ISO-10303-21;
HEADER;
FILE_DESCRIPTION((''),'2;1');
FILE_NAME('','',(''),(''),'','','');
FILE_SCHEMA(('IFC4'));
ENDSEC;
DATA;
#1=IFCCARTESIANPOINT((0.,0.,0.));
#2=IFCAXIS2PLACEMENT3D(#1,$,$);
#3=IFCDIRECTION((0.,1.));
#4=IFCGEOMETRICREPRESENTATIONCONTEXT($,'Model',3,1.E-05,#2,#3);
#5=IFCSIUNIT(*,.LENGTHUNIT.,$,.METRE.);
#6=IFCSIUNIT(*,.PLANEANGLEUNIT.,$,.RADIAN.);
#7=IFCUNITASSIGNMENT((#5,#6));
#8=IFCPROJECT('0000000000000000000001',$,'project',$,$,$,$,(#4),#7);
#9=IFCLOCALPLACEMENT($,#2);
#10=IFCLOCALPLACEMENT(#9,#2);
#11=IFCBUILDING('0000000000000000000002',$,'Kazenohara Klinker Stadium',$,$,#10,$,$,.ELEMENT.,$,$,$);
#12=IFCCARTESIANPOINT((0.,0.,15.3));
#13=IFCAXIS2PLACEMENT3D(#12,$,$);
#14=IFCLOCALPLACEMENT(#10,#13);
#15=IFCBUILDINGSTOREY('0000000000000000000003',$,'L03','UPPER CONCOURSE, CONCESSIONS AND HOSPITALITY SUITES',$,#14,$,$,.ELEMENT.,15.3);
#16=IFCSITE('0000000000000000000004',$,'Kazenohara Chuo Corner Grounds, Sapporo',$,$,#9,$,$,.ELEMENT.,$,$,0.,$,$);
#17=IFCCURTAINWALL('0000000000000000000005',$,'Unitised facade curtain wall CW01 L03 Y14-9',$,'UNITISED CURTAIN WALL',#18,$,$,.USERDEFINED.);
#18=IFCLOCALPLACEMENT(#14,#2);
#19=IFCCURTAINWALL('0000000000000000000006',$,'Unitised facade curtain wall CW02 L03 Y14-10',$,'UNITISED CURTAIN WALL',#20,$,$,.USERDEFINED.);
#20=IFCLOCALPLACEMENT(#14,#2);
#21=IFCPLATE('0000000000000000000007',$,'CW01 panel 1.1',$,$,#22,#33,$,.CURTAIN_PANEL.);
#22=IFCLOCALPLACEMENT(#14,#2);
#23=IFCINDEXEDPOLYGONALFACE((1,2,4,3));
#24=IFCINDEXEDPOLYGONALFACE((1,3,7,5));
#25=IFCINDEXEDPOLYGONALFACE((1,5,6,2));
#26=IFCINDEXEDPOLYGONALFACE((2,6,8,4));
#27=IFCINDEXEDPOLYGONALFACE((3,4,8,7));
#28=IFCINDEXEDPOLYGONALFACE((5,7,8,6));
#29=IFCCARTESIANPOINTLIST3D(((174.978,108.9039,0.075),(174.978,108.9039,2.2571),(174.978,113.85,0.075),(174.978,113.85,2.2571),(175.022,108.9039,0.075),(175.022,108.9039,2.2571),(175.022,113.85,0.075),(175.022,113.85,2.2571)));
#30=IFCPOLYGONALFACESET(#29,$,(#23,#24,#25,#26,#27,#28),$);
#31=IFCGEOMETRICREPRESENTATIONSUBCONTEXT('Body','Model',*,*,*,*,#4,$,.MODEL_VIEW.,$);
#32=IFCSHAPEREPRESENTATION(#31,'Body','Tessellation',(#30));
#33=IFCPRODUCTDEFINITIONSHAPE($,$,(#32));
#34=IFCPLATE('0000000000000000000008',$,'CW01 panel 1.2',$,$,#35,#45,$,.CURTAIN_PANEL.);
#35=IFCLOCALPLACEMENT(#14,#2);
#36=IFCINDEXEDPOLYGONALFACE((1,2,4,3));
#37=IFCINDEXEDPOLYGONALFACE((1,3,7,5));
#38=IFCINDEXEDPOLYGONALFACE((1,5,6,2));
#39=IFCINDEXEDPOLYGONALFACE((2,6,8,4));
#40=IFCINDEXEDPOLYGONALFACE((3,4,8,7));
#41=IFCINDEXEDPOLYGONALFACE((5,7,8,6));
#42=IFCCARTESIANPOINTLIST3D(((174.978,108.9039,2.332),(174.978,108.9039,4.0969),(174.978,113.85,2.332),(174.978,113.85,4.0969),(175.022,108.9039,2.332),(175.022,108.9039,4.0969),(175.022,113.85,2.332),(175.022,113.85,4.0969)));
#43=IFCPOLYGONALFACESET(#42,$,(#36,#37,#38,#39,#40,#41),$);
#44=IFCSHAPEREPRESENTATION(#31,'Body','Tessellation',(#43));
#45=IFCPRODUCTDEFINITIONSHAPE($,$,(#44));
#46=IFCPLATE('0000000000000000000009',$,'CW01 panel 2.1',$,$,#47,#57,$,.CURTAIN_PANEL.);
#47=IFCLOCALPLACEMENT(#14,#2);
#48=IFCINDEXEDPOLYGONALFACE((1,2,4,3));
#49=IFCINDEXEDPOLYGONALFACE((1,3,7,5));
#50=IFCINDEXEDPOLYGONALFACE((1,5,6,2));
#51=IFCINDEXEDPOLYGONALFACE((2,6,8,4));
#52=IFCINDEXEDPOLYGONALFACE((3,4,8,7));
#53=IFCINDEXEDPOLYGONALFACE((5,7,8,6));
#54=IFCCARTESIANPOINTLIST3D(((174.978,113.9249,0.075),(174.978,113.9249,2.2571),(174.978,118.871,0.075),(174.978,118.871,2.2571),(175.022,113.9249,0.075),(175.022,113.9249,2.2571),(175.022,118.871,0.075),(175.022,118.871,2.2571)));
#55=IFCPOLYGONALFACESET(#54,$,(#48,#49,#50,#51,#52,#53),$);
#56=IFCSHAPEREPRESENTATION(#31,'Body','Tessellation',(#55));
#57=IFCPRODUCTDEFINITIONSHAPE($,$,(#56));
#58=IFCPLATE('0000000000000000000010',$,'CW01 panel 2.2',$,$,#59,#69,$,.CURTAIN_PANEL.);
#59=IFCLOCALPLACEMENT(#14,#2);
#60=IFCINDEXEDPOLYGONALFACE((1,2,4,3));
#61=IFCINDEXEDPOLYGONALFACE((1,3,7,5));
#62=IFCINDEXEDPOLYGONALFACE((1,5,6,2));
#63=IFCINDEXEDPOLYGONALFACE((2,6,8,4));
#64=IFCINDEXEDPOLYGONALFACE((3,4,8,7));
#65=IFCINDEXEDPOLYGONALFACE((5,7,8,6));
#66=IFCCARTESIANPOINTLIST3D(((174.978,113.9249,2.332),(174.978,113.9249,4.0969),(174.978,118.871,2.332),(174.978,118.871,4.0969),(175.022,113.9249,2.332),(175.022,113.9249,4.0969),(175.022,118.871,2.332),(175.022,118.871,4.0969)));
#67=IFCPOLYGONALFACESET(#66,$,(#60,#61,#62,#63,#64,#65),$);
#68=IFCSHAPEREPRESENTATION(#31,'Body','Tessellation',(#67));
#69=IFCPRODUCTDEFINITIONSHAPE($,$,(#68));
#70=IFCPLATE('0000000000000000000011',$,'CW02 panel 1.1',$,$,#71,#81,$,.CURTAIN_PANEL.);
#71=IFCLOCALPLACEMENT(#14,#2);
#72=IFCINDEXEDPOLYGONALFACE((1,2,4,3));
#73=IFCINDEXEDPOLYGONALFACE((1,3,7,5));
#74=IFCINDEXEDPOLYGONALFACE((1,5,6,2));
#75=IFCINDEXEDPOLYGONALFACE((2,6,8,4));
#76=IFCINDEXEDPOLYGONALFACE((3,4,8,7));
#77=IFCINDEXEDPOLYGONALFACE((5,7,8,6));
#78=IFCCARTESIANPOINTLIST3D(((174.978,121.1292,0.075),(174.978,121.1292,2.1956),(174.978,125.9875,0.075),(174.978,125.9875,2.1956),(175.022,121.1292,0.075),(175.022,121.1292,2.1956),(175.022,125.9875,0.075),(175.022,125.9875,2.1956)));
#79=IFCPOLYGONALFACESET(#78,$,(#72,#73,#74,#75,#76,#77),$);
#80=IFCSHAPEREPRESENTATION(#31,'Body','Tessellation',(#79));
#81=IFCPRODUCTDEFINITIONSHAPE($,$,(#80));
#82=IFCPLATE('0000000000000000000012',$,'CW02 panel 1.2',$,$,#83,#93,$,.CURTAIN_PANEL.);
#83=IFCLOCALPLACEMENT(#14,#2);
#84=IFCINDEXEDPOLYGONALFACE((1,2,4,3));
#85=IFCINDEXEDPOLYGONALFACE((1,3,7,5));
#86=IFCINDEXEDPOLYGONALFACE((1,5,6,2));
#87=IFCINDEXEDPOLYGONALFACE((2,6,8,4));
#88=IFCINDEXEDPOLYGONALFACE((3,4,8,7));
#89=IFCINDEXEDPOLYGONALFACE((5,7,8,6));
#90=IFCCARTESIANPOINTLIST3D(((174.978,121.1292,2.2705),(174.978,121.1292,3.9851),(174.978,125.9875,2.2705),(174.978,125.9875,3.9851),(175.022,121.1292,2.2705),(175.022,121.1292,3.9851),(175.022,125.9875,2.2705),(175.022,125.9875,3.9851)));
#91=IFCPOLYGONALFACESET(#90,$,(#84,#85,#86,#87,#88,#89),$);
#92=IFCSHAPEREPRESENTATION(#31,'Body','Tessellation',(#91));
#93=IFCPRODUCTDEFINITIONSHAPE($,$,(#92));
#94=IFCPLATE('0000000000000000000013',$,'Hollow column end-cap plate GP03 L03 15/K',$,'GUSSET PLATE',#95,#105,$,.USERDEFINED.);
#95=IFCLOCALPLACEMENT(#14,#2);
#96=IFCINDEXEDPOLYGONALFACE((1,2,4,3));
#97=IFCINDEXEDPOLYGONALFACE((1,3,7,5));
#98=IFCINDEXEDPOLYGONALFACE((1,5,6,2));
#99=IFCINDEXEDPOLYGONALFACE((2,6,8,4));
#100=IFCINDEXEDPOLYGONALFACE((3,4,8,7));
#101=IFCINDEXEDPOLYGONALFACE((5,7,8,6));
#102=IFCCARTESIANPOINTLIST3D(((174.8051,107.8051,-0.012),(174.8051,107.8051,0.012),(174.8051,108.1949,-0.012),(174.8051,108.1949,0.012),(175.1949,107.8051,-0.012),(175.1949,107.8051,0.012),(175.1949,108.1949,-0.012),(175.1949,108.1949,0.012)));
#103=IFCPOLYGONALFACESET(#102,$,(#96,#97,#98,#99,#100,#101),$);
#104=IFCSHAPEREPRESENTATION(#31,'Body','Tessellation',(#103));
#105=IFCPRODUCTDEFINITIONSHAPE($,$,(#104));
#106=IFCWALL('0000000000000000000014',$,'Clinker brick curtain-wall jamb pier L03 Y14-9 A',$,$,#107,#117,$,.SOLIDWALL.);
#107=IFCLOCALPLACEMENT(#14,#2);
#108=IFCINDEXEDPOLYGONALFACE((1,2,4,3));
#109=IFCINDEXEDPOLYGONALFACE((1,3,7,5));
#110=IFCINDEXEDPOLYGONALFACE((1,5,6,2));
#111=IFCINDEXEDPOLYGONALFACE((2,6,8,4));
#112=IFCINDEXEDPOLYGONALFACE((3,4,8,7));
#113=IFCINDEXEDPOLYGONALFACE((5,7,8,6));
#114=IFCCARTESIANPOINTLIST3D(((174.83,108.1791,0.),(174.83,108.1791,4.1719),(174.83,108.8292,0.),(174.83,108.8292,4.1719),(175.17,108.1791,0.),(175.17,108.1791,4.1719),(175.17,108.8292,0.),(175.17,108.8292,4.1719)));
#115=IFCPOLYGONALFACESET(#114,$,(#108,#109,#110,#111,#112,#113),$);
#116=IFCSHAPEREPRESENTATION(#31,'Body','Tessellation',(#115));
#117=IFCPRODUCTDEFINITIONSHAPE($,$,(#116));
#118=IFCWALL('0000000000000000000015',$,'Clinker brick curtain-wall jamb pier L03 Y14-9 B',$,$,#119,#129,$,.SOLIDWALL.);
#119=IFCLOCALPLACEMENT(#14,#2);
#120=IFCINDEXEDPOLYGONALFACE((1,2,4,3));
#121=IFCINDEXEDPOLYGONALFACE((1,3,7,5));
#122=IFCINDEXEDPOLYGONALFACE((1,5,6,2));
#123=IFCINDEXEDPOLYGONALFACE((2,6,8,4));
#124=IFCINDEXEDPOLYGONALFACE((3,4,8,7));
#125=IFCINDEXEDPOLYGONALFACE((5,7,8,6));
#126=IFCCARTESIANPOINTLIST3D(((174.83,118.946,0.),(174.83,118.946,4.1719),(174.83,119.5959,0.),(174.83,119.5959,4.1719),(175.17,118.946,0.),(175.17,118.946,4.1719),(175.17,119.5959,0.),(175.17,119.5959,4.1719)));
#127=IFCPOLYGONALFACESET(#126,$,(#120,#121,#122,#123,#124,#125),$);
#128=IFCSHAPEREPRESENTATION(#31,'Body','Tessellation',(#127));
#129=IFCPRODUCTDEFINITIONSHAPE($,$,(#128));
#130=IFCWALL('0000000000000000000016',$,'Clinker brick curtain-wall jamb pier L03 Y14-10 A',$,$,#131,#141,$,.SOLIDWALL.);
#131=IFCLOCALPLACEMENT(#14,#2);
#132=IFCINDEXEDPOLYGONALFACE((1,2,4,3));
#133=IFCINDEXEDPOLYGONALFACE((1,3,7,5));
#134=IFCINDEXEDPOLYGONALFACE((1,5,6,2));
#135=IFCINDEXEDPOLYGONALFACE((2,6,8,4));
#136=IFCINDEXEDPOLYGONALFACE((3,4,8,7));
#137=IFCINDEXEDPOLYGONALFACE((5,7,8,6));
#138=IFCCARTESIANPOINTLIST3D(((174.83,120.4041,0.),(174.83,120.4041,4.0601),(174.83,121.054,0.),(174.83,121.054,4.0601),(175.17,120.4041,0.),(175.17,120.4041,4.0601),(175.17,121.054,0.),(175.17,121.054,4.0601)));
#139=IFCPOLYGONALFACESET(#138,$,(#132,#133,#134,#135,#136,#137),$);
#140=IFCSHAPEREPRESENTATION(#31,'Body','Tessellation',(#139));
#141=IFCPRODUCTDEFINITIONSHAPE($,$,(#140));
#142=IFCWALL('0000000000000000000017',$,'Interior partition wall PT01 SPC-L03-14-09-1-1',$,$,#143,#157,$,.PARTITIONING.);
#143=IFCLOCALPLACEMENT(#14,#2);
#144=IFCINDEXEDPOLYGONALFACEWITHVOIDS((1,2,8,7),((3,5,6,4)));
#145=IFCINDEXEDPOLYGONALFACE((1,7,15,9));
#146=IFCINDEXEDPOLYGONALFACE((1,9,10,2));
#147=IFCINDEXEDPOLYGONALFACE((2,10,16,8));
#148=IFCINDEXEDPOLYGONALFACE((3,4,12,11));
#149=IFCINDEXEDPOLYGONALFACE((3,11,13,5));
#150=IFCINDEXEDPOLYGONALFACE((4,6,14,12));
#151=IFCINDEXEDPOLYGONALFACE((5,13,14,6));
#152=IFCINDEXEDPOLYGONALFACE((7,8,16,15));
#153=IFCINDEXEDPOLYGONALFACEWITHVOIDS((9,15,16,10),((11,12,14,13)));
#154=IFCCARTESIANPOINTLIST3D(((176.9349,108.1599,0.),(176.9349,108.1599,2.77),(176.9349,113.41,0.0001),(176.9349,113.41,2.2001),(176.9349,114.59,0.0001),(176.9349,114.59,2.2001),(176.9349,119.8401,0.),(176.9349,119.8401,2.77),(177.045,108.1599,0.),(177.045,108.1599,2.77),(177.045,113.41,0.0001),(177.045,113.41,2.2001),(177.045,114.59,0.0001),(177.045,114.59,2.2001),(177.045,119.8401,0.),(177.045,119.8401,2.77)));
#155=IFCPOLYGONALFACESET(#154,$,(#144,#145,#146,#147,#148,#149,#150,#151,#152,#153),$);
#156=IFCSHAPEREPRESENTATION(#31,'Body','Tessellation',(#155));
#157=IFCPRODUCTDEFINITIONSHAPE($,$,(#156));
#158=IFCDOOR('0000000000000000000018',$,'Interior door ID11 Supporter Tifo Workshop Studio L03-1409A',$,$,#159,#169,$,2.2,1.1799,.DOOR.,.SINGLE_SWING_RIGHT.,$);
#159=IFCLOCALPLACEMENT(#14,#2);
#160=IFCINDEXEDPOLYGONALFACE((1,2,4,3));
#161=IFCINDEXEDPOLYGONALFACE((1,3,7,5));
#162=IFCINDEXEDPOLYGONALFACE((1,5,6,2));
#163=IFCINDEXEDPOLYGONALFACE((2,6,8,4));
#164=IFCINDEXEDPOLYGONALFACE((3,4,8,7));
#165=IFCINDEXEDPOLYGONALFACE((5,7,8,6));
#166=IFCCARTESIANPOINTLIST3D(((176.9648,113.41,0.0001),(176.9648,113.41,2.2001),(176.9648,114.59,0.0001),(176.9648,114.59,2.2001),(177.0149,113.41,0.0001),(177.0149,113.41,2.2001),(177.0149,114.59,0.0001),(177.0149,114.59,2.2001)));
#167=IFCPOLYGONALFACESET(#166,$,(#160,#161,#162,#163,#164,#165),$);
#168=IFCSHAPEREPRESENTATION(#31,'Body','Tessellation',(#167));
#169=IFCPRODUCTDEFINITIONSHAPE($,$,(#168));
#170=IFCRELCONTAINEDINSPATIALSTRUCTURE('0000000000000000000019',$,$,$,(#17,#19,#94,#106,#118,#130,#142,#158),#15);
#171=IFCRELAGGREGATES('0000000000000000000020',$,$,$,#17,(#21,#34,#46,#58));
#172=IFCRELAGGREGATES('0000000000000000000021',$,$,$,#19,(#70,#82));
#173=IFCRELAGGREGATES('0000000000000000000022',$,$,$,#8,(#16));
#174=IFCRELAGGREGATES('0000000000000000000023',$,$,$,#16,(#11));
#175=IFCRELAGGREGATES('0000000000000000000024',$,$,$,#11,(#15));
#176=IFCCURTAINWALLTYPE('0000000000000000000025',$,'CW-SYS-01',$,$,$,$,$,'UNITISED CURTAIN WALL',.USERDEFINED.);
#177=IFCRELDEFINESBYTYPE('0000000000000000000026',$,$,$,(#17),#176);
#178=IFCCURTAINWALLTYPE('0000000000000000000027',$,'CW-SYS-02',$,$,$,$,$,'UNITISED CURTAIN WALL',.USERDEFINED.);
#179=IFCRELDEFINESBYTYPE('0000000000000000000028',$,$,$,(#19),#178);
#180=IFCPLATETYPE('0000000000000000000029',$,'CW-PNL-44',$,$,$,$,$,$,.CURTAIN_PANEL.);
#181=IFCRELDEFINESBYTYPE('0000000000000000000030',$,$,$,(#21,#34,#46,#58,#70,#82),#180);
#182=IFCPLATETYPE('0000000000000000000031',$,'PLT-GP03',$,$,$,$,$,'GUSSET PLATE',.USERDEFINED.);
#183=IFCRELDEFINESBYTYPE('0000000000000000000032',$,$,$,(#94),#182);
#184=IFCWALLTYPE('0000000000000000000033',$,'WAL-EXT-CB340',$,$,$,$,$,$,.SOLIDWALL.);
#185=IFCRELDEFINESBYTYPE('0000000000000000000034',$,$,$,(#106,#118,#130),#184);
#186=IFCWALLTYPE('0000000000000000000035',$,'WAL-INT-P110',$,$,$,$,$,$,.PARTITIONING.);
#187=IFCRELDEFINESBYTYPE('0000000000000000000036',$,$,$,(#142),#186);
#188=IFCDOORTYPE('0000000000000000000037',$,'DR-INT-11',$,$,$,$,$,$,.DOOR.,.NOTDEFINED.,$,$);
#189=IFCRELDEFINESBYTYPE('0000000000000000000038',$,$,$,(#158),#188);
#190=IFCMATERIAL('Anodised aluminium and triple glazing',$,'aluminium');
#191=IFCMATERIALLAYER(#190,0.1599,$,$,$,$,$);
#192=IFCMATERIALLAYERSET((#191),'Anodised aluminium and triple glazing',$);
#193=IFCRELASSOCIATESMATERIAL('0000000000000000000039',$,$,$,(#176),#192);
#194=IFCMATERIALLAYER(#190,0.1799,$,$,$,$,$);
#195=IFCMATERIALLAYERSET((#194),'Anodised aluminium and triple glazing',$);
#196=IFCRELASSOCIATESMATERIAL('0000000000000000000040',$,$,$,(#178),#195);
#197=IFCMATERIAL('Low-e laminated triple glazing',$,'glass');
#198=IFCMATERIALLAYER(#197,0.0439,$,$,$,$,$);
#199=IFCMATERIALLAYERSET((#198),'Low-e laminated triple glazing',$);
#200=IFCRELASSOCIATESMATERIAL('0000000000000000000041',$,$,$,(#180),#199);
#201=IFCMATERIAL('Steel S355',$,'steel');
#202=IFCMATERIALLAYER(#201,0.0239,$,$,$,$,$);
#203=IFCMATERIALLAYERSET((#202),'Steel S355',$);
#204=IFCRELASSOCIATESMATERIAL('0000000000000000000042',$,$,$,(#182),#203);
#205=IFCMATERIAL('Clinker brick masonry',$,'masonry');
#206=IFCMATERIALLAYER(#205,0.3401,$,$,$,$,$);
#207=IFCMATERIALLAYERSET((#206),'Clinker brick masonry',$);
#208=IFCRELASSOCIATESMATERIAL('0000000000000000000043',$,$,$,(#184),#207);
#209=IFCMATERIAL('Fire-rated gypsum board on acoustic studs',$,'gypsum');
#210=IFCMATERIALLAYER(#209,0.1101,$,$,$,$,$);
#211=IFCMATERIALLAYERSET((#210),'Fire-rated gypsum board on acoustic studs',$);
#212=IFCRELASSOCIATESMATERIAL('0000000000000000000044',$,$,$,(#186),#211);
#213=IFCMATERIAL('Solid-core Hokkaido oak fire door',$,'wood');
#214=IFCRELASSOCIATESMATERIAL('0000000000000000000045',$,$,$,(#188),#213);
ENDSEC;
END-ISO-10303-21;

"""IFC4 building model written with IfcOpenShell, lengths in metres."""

from ifc_helpers import new_model, si_unit, direction, frame, frame_2d, origin, origin_2d, place, context, subcontext, project, spatial, rectangle, extrude, material, layer, layer_set, type_object, element, fill, aggregate, save


model = new_model("IFC4")

# Units and contexts
model_context = context("Model", 3, precision=1e-05, world=origin(), true_north=direction((0.0, 1.0)))
body_context = subcontext(model_context, "Body", "Model", "MODEL_VIEW")
ifc_project = project(units=[si_unit("LENGTHUNIT", "METRE"), si_unit("PLANEANGLEUNIT", "RADIAN")], contexts=[model_context])

# Site, building, storey
site_placement = place(None, origin())
site = spatial("IfcSite", under=ifc_project, at=site_placement, Name="Kazenohara Chuo Corner Grounds, Sapporo", CompositionType="ELEMENT", RefElevation=0.0)
building_placement = place(site_placement, origin())
building = spatial("IfcBuilding", under=site, at=building_placement, Name="Kazenohara Klinker Stadium", CompositionType="ELEMENT")
storey_placement = place(building_placement, frame((0.0, 0.0, 15.3)))
storey = spatial("IfcBuildingStorey", under=building, at=storey_placement, Name="L03", Description="UPPER CONCOURSE, CONCESSIONS AND HOSPITALITY SUITES", CompositionType="ELEMENT", Elevation=15.3)

# Shared definitions
ifc_material_1 = material(Name="Steel S355", Category="steel")

# Curtain walls
ifc_material_2 = material(Name="Anodised aluminium and triple glazing", Category="aluminium")
ifc_layer_1 = layer(ifc_material_2, 0.1599)
ifc_layer_set_1 = layer_set([ifc_layer_1], Name="Anodised aluminium and triple glazing")
curtain_wall_type_1 = type_object("IfcCurtainWallType", Name="CW-SYS-01", ElementType="UNITISED CURTAIN WALL", PredefinedType="USERDEFINED", material=ifc_layer_set_1)
curtain_wall_1_placement = place(storey_placement, origin())
curtain_wall_1 = element("IfcCurtainWall", 1, at=curtain_wall_1_placement, inside=storey, type_object=curtain_wall_type_1, Name="Unitised facade curtain wall CW01 L03 Y14-9", ObjectType="UNITISED CURTAIN WALL", PredefinedType="USERDEFINED")
ifc_layer_2 = layer(ifc_material_2, 0.1799)
ifc_layer_set_2 = layer_set([ifc_layer_2], Name="Anodised aluminium and triple glazing")
curtain_wall_type_2 = type_object("IfcCurtainWallType", Name="CW-SYS-02", ElementType="UNITISED CURTAIN WALL", PredefinedType="USERDEFINED", material=ifc_layer_set_2)
curtain_wall_2_placement = place(storey_placement, origin())
curtain_wall_2 = element("IfcCurtainWall", 2, at=curtain_wall_2_placement, inside=storey, type_object=curtain_wall_type_2, Name="Unitised facade curtain wall CW02 L03 Y14-10", ObjectType="UNITISED CURTAIN WALL", PredefinedType="USERDEFINED")

# Plates
ifc_material_3 = material(Name="Low-e laminated triple glazing", Category="glass")
ifc_layer_3 = layer(ifc_material_3, 0.0439)
ifc_layer_set_3 = layer_set([ifc_layer_3], Name="Low-e laminated triple glazing")
plate_type_1 = type_object("IfcPlateType", Name="CW-PNL-44", PredefinedType="CURTAIN_PANEL", material=ifc_layer_set_3)
plate_1_placement = place(storey_placement, frame((175.0, 111.377, 0.075), z_axis=(0.0, 0.0, 1.0), x_axis=(0.0, 1.0, 0.0)))
plate_1 = element("IfcPlate", 3, at=plate_1_placement, type_object=plate_type_1, Name="CW01 panel 1.1", PredefinedType="CURTAIN_PANEL", context=body_context, shape_type="SweptSolid", body=[
    extrude(rectangle(XDim=4.946, YDim=0.0439, at=origin_2d()), origin(), (0.0, 0.0, 1.0), 2.1821),
])
plate_2_placement = place(storey_placement, frame((175.0, 111.377, 2.332), z_axis=(0.0, 0.0, 1.0), x_axis=(0.0, 1.0, 0.0)))
plate_2 = element("IfcPlate", 4, at=plate_2_placement, type_object=plate_type_1, Name="CW01 panel 1.2", PredefinedType="CURTAIN_PANEL", context=body_context, shape_type="SweptSolid", body=[
    extrude(rectangle(XDim=4.946, YDim=0.0439, at=origin_2d()), origin(), (0.0, 0.0, 1.0), 1.7649),
])
plate_3_placement = place(storey_placement, frame((175.0, 116.3979, 0.075), z_axis=(0.0, 0.0, 1.0), x_axis=(0.0, 1.0, 0.0)))
plate_3 = element("IfcPlate", 5, at=plate_3_placement, type_object=plate_type_1, Name="CW01 panel 2.1", PredefinedType="CURTAIN_PANEL", context=body_context, shape_type="SweptSolid", body=[
    extrude(rectangle(XDim=4.946, YDim=0.0439, at=origin_2d()), origin(), (0.0, 0.0, 1.0), 2.1821),
])
plate_4_placement = place(storey_placement, frame((175.0, 116.3979, 2.332), z_axis=(0.0, 0.0, 1.0), x_axis=(0.0, 1.0, 0.0)))
plate_4 = element("IfcPlate", 6, at=plate_4_placement, type_object=plate_type_1, Name="CW01 panel 2.2", PredefinedType="CURTAIN_PANEL", context=body_context, shape_type="SweptSolid", body=[
    extrude(rectangle(XDim=4.946, YDim=0.0439, at=origin_2d()), origin(), (0.0, 0.0, 1.0), 1.7649),
])
aggregate(curtain_wall_1, [plate_1, plate_2, plate_3, plate_4])
plate_5_placement = place(storey_placement, frame((175.0, 123.5583, 0.075), z_axis=(0.0, 0.0, 1.0), x_axis=(0.0, 1.0, 0.0)))
plate_5 = element("IfcPlate", 7, at=plate_5_placement, type_object=plate_type_1, Name="CW02 panel 1.1", PredefinedType="CURTAIN_PANEL", context=body_context, shape_type="SweptSolid", body=[
    extrude(rectangle(XDim=4.8584, YDim=0.0439, at=origin_2d()), origin(), (0.0, 0.0, 1.0), 2.1206),
])
plate_6_placement = place(storey_placement, frame((175.0, 123.5583, 2.2705), z_axis=(0.0, 0.0, 1.0), x_axis=(0.0, 1.0, 0.0)))
plate_6 = element("IfcPlate", 8, at=plate_6_placement, type_object=plate_type_1, Name="CW02 panel 1.2", PredefinedType="CURTAIN_PANEL", context=body_context, shape_type="SweptSolid", body=[
    extrude(rectangle(XDim=4.8584, YDim=0.0439, at=origin_2d()), origin(), (0.0, 0.0, 1.0), 1.7146),
])
aggregate(curtain_wall_2, [plate_5, plate_6])
ifc_layer_4 = layer(ifc_material_1, 0.0239)
ifc_layer_set_4 = layer_set([ifc_layer_4], Name="Steel S355")
plate_type_2 = type_object("IfcPlateType", Name="PLT-GP03", ElementType="GUSSET PLATE", PredefinedType="USERDEFINED", material=ifc_layer_set_4)
plate_7_placement = place(storey_placement, frame((175.0, 108.0, -0.012), z_axis=(0.0, 0.0, 1.0), x_axis=(1.0, 0.0, 0.0)))
element("IfcPlate", 9, at=plate_7_placement, inside=storey, type_object=plate_type_2, Name="Hollow column end-cap plate GP03 L03 15/K", ObjectType="GUSSET PLATE", PredefinedType="USERDEFINED", context=body_context, shape_type="SweptSolid", body=[
    extrude(rectangle(XDim=0.3899, YDim=0.3899, at=origin_2d()), origin(), (0.0, 0.0, 1.0), 0.0239),
])

# Walls
ifc_material_4 = material(Name="Clinker brick masonry", Category="masonry")
ifc_layer_5 = layer(ifc_material_4, 0.3401)
ifc_layer_set_5 = layer_set([ifc_layer_5], Name="Clinker brick masonry")
wall_type_1 = type_object("IfcWallType", Name="WAL-EXT-CB340", PredefinedType="SOLIDWALL", material=ifc_layer_set_5)
wall_1_placement = place(storey_placement, frame((175.0, 108.179, 0.0), z_axis=(0.0, 0.0, 1.0), x_axis=(0.0, 1.0, 0.0)))
element("IfcWall", 10, at=wall_1_placement, inside=storey, type_object=wall_type_1, Name="Clinker brick curtain-wall jamb pier L03 Y14-9 A", PredefinedType="SOLIDWALL", context=body_context, shape_type="SweptSolid", body=[
    extrude(rectangle(XDim=0.6501, YDim=0.3401, at=frame_2d((0.3252, 0.0))), origin(), (0.0, 0.0, 1.0), 4.1719),
])
wall_2_placement = place(storey_placement, frame((175.0, 118.946, 0.0), z_axis=(0.0, 0.0, 1.0), x_axis=(0.0, 1.0, 0.0)))
element("IfcWall", 11, at=wall_2_placement, inside=storey, type_object=wall_type_1, Name="Clinker brick curtain-wall jamb pier L03 Y14-9 B", PredefinedType="SOLIDWALL", context=body_context, shape_type="SweptSolid", body=[
    extrude(rectangle(XDim=0.6499, YDim=0.3401, at=frame_2d((0.325, 0.0))), origin(), (0.0, 0.0, 1.0), 4.1719),
])
wall_3_placement = place(storey_placement, frame((175.0, 120.4041, 0.0), z_axis=(0.0, 0.0, 1.0), x_axis=(0.0, 1.0, 0.0)))
element("IfcWall", 12, at=wall_3_placement, inside=storey, type_object=wall_type_1, Name="Clinker brick curtain-wall jamb pier L03 Y14-10 A", PredefinedType="SOLIDWALL", context=body_context, shape_type="SweptSolid", body=[
    extrude(rectangle(XDim=0.6499, YDim=0.3401, at=frame_2d((0.325, 0.0))), origin(), (0.0, 0.0, 1.0), 4.0601),
])

# Wall, opening, door
ifc_material_5 = material(Name="Fire-rated gypsum board on acoustic studs", Category="gypsum")
ifc_layer_6 = layer(ifc_material_5, 0.1101)
ifc_layer_set_6 = layer_set([ifc_layer_6], Name="Fire-rated gypsum board on acoustic studs")
wall_type_2 = type_object("IfcWallType", Name="WAL-INT-P110", PredefinedType="PARTITIONING", material=ifc_layer_set_6)
wall_4_placement = place(storey_placement, frame((176.99, 108.1599, 0.0), z_axis=(0.0, 0.0, 1.0), x_axis=(0.0, 1.0, 0.0)))
wall_4 = element("IfcWall", 13, at=wall_4_placement, inside=storey, type_object=wall_type_2, Name="Interior partition wall PT01 SPC-L03-14-09-1-1", PredefinedType="PARTITIONING", context=body_context, shape_type="SweptSolid", body=[
    extrude(rectangle(XDim=11.6802, YDim=0.1101, at=frame_2d((5.8401, 0.0))), origin(), (0.0, 0.0, 1.0), 2.77),
])
opening_placement = place(wall_4_placement, frame((6.4299, 0.0, 0.0), z_axis=(0.0, 0.0, 1.0), x_axis=(-1.0, 0.0, 0.0)))
opening = element("IfcOpeningElement", 14, at=opening_placement, cuts=wall_4, PredefinedType="OPENING", context=body_context, shape_type="SweptSolid", body=[
    extrude(rectangle(XDim=1.1799, YDim=2.2, at=frame_2d((0.5898, 1.1001))), frame((0.0, 0.0649, 0.0), z_axis=(0.0, -1.0, 0.0), x_axis=(1.0, 0.0, 0.0)), (0.0, 0.0, 1.0), 0.1301),
])
ifc_material_6 = material(Name="Solid-core Hokkaido oak fire door", Category="wood")
door_type = type_object("IfcDoorType", Name="DR-INT-11", OperationType="NOTDEFINED", PredefinedType="DOOR", material=ifc_material_6)
door_placement = place(opening_placement, origin())
door = element("IfcDoor", 15, at=door_placement, inside=storey, type_object=door_type, Name="Interior door ID11 Supporter Tifo Workshop Studio L03-1409A", OperationType="SINGLE_SWING_RIGHT", OverallHeight=2.2, OverallWidth=1.1799, PredefinedType="DOOR", context=body_context, shape_type="SweptSolid", body=[
    extrude(rectangle(XDim=1.1799, YDim=2.2, at=frame_2d((0.5898, 1.1001))), frame((0.0, 0.0249, 0.0), z_axis=(0.0, -1.0, 0.0), x_axis=(1.0, 0.0, 0.0)), (0.0, 0.0, 1.0), 0.05),
])
fill(opening, door)

save(model, "model.ifc")
